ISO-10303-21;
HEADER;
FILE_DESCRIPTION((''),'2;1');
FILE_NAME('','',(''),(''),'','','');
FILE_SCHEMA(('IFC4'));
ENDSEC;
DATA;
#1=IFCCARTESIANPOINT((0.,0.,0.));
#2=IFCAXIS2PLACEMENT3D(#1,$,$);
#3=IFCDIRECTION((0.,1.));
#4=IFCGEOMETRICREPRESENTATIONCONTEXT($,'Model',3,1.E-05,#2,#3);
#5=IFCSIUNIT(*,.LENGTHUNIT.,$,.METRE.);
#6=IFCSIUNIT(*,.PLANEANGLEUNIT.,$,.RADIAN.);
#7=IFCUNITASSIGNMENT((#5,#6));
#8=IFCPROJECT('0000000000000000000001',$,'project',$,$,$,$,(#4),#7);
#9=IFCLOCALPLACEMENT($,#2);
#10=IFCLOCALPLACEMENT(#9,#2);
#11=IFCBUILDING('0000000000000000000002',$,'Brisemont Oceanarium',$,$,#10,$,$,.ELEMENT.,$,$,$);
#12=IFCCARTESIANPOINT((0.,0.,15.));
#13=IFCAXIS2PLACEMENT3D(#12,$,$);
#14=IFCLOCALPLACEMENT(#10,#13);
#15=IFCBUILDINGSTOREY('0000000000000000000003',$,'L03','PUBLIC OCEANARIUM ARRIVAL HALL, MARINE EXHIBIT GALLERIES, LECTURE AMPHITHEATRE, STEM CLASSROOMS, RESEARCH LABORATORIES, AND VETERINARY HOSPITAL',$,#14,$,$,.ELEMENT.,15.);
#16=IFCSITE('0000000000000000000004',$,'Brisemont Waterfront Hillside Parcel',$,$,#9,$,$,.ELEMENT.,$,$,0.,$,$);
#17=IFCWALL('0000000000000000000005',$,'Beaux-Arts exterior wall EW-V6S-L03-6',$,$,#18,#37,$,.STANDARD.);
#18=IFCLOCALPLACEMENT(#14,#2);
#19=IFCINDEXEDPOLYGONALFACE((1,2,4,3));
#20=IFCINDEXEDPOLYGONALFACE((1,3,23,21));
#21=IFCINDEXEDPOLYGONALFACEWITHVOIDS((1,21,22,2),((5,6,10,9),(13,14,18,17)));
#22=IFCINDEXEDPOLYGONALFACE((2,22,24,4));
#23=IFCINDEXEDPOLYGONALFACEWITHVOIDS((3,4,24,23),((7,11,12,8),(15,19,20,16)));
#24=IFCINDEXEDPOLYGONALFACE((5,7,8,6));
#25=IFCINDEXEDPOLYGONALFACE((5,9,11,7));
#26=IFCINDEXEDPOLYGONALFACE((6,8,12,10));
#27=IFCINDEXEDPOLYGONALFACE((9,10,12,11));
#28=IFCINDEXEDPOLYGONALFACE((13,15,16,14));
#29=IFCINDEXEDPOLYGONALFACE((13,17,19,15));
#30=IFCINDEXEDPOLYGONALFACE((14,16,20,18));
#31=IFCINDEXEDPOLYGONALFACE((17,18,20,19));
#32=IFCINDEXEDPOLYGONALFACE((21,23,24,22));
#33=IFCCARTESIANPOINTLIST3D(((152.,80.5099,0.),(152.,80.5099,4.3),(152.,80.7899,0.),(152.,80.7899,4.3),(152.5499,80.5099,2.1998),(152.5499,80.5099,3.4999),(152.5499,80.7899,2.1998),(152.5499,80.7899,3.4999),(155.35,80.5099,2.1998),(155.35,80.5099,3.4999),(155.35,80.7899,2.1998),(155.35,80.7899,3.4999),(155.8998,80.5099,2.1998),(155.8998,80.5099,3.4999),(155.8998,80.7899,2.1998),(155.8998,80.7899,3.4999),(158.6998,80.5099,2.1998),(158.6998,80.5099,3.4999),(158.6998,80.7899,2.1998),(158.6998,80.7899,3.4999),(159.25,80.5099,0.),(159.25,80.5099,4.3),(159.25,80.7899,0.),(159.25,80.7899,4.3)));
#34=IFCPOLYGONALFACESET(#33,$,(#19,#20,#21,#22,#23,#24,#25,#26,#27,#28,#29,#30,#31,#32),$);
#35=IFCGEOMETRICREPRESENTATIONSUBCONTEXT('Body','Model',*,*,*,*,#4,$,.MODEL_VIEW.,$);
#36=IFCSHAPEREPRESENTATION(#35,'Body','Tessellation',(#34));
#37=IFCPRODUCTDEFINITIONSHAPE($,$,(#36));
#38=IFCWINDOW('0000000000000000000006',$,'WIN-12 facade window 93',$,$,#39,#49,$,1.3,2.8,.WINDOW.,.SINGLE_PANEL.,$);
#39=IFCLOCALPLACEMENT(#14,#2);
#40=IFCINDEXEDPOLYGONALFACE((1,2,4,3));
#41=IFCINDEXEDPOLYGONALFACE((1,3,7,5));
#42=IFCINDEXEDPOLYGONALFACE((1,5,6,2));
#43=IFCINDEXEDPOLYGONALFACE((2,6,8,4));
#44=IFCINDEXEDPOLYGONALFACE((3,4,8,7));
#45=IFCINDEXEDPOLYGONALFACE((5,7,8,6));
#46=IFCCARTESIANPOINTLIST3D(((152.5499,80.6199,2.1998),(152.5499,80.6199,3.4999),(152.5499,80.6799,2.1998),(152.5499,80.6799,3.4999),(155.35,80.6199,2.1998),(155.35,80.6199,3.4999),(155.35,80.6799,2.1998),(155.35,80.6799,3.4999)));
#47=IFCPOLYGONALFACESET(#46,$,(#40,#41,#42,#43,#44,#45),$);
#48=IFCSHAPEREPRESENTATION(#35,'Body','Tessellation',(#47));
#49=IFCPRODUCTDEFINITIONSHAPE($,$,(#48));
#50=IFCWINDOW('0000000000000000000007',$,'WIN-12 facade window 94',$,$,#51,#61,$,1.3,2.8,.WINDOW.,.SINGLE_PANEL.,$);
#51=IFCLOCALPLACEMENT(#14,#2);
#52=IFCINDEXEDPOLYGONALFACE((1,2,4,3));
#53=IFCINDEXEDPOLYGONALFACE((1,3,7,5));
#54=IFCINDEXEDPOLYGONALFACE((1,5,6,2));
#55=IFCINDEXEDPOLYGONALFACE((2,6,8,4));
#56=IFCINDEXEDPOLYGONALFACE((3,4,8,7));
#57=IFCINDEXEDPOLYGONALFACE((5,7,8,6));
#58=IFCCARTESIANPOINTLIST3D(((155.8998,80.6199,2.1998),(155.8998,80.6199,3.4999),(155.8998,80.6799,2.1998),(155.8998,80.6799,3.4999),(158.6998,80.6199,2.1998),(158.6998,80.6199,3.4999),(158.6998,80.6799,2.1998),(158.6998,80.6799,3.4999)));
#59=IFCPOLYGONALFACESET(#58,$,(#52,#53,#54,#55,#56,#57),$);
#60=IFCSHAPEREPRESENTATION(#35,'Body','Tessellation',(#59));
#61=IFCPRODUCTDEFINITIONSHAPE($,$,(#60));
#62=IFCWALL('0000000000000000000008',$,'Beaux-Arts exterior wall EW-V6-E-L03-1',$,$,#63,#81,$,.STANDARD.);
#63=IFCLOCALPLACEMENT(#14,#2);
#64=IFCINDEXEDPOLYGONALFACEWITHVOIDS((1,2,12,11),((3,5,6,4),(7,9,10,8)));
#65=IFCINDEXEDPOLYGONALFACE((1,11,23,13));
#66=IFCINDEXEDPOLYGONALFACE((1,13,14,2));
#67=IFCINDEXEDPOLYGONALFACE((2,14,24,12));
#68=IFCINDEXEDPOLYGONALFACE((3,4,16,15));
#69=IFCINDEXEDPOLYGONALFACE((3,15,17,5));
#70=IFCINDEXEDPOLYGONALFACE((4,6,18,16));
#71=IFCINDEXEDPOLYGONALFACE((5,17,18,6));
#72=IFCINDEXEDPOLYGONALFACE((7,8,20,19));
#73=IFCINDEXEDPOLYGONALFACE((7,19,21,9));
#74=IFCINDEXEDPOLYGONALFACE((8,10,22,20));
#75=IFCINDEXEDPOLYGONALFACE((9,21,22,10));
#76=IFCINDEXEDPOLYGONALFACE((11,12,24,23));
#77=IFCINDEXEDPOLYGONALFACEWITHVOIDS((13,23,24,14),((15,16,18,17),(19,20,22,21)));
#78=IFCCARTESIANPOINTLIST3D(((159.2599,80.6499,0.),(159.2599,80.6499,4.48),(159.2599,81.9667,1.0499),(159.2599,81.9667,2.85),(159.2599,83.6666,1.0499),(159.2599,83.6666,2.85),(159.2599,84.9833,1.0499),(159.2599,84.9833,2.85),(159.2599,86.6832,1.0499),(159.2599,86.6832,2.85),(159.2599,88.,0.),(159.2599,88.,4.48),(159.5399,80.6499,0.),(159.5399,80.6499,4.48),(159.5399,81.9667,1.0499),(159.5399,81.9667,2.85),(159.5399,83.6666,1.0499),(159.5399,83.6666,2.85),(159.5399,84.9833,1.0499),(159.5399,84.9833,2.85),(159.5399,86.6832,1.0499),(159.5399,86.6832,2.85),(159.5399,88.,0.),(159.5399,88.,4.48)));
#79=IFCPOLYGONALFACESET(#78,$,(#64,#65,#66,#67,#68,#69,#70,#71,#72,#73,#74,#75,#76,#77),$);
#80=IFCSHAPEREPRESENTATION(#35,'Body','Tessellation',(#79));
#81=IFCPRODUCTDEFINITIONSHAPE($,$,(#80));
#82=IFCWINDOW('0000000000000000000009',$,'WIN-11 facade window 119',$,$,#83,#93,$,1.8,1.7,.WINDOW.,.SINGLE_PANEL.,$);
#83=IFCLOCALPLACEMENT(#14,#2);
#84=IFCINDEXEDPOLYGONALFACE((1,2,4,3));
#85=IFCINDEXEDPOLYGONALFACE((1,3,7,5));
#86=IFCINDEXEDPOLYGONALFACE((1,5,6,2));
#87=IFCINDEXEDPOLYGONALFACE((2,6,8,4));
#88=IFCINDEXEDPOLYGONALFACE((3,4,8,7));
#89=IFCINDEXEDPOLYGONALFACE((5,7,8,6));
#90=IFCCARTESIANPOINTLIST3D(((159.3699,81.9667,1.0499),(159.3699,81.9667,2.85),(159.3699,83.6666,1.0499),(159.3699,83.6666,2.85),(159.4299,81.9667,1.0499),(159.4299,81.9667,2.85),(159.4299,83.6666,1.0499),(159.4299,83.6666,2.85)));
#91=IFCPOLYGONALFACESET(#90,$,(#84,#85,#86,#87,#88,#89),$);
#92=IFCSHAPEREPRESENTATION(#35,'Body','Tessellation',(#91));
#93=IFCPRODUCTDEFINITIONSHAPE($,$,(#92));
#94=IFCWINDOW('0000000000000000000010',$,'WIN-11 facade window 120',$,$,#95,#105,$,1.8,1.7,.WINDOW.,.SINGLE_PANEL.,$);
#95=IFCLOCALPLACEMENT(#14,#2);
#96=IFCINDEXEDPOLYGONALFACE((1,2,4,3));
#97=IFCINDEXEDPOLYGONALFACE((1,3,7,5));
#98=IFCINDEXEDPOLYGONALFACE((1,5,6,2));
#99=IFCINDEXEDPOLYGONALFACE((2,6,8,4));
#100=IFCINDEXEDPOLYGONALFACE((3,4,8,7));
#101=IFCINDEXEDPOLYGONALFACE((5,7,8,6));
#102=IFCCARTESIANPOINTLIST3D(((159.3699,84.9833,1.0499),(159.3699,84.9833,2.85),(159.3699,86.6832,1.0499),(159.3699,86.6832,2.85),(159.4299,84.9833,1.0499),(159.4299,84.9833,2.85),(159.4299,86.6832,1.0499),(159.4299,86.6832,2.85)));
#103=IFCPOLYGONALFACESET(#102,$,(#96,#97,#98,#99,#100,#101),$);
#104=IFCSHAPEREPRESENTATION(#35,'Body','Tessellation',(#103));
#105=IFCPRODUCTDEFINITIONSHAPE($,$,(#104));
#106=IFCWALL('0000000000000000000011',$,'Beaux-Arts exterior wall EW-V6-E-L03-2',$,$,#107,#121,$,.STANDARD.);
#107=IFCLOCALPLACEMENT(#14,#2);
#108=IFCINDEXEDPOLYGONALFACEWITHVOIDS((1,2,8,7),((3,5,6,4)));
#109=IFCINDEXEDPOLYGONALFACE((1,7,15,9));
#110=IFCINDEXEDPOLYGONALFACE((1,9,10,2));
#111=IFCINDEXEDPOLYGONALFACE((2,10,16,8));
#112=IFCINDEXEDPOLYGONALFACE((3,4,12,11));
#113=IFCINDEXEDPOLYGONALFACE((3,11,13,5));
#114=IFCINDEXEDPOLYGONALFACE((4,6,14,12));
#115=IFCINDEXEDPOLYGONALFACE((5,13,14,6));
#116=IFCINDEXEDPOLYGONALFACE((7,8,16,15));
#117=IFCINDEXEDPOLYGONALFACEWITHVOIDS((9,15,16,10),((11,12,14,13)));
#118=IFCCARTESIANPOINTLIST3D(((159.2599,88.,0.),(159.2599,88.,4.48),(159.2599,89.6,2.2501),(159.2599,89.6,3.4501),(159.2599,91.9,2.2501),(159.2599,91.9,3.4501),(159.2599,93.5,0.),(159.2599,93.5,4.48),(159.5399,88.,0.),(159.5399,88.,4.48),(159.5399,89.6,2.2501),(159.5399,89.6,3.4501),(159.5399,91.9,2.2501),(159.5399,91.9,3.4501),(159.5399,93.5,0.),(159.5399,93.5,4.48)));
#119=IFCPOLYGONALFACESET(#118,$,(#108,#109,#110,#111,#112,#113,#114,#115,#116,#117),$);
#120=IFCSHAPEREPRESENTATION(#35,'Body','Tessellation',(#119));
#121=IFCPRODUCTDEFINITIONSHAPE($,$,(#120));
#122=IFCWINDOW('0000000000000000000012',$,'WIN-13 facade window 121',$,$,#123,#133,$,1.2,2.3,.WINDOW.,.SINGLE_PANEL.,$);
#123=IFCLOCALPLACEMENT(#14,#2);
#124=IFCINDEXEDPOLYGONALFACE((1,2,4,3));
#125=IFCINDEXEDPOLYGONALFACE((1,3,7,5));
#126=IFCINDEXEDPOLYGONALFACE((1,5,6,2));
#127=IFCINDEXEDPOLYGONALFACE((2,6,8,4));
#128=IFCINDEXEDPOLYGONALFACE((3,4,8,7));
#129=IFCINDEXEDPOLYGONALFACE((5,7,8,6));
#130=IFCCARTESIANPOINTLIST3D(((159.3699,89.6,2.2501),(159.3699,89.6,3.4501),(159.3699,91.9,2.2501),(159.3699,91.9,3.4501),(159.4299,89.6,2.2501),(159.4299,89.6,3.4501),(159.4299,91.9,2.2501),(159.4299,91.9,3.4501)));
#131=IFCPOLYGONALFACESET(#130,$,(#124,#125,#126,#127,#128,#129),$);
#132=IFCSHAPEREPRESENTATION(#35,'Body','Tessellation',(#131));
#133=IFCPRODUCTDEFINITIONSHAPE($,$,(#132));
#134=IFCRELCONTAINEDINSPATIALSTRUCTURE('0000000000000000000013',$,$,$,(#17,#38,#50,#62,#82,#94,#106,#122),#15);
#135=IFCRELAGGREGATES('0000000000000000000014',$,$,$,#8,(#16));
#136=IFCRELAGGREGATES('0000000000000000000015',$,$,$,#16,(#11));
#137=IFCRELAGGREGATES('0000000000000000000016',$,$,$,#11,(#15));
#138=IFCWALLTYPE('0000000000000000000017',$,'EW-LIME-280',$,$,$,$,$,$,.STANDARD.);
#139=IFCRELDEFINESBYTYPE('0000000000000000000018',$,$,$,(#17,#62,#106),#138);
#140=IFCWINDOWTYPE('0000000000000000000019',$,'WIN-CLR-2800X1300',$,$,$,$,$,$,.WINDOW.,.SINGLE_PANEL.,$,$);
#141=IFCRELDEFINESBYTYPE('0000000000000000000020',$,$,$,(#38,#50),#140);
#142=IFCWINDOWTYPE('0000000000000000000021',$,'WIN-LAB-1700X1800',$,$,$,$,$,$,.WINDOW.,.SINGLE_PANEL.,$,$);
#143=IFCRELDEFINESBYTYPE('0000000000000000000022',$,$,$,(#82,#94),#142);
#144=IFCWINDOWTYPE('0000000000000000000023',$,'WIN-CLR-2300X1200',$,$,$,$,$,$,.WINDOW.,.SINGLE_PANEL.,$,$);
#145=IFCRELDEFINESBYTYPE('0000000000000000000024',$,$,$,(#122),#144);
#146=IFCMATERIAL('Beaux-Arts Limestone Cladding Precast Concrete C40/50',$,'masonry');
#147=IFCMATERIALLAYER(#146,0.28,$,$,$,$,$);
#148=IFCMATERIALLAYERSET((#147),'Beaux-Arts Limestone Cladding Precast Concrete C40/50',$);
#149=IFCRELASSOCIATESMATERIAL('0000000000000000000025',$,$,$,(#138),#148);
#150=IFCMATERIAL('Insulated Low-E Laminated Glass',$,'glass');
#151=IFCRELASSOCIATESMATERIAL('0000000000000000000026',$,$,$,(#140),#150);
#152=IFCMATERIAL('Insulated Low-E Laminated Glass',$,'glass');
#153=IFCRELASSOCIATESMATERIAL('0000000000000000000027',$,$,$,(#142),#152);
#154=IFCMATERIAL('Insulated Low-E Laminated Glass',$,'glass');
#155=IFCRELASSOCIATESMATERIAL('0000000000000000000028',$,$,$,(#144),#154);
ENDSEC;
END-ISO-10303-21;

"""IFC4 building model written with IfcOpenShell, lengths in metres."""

from ifc_helpers import new_model, si_unit, direction, frame, frame_2d, origin, place, context, subcontext, project, spatial, rectangle, extrude, material, layer, layer_set, type_object, element, fill, save


model = new_model("IFC4")

# Units and contexts
model_context = context("Model", 3, precision=1e-05, world=origin(), true_north=direction((0.0, 1.0)))
body_context = subcontext(model_context, "Body", "Model", "MODEL_VIEW")
ifc_project = project(units=[si_unit("LENGTHUNIT", "METRE"), si_unit("PLANEANGLEUNIT", "RADIAN")], contexts=[model_context])

# Site, building, storey
site_placement = place(None, origin())
site = spatial("IfcSite", under=ifc_project, at=site_placement, Name="Brisemont Waterfront Hillside Parcel", CompositionType="ELEMENT", RefElevation=0.0)
building_placement = place(site_placement, origin())
building = spatial("IfcBuilding", under=site, at=building_placement, Name="Brisemont Oceanarium", CompositionType="ELEMENT")
storey_placement = place(building_placement, frame((0.0, 0.0, 15.0)))
storey = spatial("IfcBuildingStorey", under=building, at=storey_placement, Name="L03", Description="PUBLIC OCEANARIUM ARRIVAL HALL, MARINE EXHIBIT GALLERIES, LECTURE AMPHITHEATRE, STEM CLASSROOMS, RESEARCH LABORATORIES, AND VETERINARY HOSPITAL", CompositionType="ELEMENT", Elevation=15.0)

# Walls, openings, windows
ifc_material_1 = material(Name="Beaux-Arts Limestone Cladding Precast Concrete C40/50", Category="masonry")
ifc_layer_1 = layer(ifc_material_1, 0.28)
ifc_layer_set_1 = layer_set([ifc_layer_1], Name="Beaux-Arts Limestone Cladding Precast Concrete C40/50")
wall_type = type_object("IfcWallType", Name="EW-LIME-280", PredefinedType="STANDARD", material=ifc_layer_set_1)
wall_1_placement = place(storey_placement, frame((152.0, 80.6499, 0.0), z_axis=(0.0, 0.0, 1.0), x_axis=(1.0, 0.0, 0.0)))
wall_1 = element("IfcWall", 1, at=wall_1_placement, inside=storey, type_object=wall_type, Name="Beaux-Arts exterior wall EW-V6S-L03-6", PredefinedType="STANDARD", context=body_context, shape_type="SweptSolid", body=[
    extrude(rectangle(XDim=7.25, YDim=0.28, at=frame_2d((3.625, 0.0))), origin(), (0.0, 0.0, 1.0), 4.3),
])
opening_1_placement = place(wall_1_placement, frame((0.55, 0.0, 2.2)))
opening_1 = element("IfcOpeningElement", 2, at=opening_1_placement, cuts=wall_1, PredefinedType="OPENING", context=body_context, shape_type="SweptSolid", body=[
    extrude(rectangle(XDim=2.8, YDim=1.3, at=frame_2d((1.3999, 0.6499))), frame((0.0, 0.1499, 0.0), z_axis=(0.0, -1.0, 0.0), x_axis=(1.0, 0.0, 0.0)), (0.0, 0.0, 1.0), 0.3),
])
opening_2_placement = place(wall_1_placement, frame((3.8999, 0.0, 2.2)))
opening_2 = element("IfcOpeningElement", 3, at=opening_2_placement, cuts=wall_1, PredefinedType="OPENING", context=body_context, shape_type="SweptSolid", body=[
    extrude(rectangle(XDim=2.8, YDim=1.3, at=frame_2d((1.3999, 0.6499))), frame((0.0, 0.1499, 0.0), z_axis=(0.0, -1.0, 0.0), x_axis=(1.0, 0.0, 0.0)), (0.0, 0.0, 1.0), 0.3),
])
ifc_material_2 = material(Name="Insulated Low-E Laminated Glass", Category="glass")
window_type_1 = type_object("IfcWindowType", Name="WIN-CLR-2800X1300", PartitioningType="SINGLE_PANEL", PredefinedType="WINDOW", material=ifc_material_2)
window_1_placement = place(opening_1_placement, origin())
window_1 = element("IfcWindow", 4, at=window_1_placement, inside=storey, type_object=window_type_1, Name="WIN-12 facade window 93", OverallHeight=1.3, OverallWidth=2.8, PartitioningType="SINGLE_PANEL", PredefinedType="WINDOW", context=body_context, shape_type="SweptSolid", body=[
    extrude(rectangle(XDim=2.8, YDim=1.3, at=frame_2d((1.3999, 0.6499))), frame((0.0, 0.03, 0.0), z_axis=(0.0, -1.0, 0.0), x_axis=(1.0, 0.0, 0.0)), (0.0, 0.0, 1.0), 0.0601),
])
fill(opening_1, window_1)
window_2_placement = place(opening_2_placement, origin())
window_2 = element("IfcWindow", 5, at=window_2_placement, inside=storey, type_object=window_type_1, Name="WIN-12 facade window 94", OverallHeight=1.3, OverallWidth=2.8, PartitioningType="SINGLE_PANEL", PredefinedType="WINDOW", context=body_context, shape_type="SweptSolid", body=[
    extrude(rectangle(XDim=2.8, YDim=1.3, at=frame_2d((1.3999, 0.6499))), frame((0.0, 0.03, 0.0), z_axis=(0.0, -1.0, 0.0), x_axis=(1.0, 0.0, 0.0)), (0.0, 0.0, 1.0), 0.0601),
])
fill(opening_2, window_2)
wall_2_placement = place(storey_placement, frame((159.3999, 80.6499, 0.0), z_axis=(0.0, 0.0, 1.0), x_axis=(0.0, 1.0, 0.0)))
wall_2 = element("IfcWall", 6, at=wall_2_placement, inside=storey, type_object=wall_type, Name="Beaux-Arts exterior wall EW-V6-E-L03-1", PredefinedType="STANDARD", context=body_context, shape_type="SweptSolid", body=[
    extrude(rectangle(XDim=7.3501, YDim=0.28, at=frame_2d((3.675, 0.0))), origin(), (0.0, 0.0, 1.0), 4.48),
])
opening_3_placement = place(wall_2_placement, frame((1.3167, 0.0, 1.05)))
opening_3 = element("IfcOpeningElement", 7, at=opening_3_placement, cuts=wall_2, PredefinedType="OPENING", context=body_context, shape_type="SweptSolid", body=[
    extrude(rectangle(XDim=1.7, YDim=1.8, at=frame_2d((0.8501, 0.8999))), frame((0.0, 0.1499, 0.0), z_axis=(0.0, -1.0, 0.0), x_axis=(1.0, 0.0, 0.0)), (0.0, 0.0, 1.0), 0.3),
])
opening_4_placement = place(wall_2_placement, frame((4.3333, 0.0, 1.05)))
opening_4 = element("IfcOpeningElement", 8, at=opening_4_placement, cuts=wall_2, PredefinedType="OPENING", context=body_context, shape_type="SweptSolid", body=[
    extrude(rectangle(XDim=1.7, YDim=1.8, at=frame_2d((0.8501, 0.8999))), frame((0.0, 0.1499, 0.0), z_axis=(0.0, -1.0, 0.0), x_axis=(1.0, 0.0, 0.0)), (0.0, 0.0, 1.0), 0.3),
])
ifc_material_3 = material(Name="Insulated Low-E Laminated Glass", Category="glass")
window_type_2 = type_object("IfcWindowType", Name="WIN-LAB-1700X1800", PartitioningType="SINGLE_PANEL", PredefinedType="WINDOW", material=ifc_material_3)
window_3_placement = place(opening_3_placement, origin())
window_3 = element("IfcWindow", 9, at=window_3_placement, inside=storey, type_object=window_type_2, Name="WIN-11 facade window 119", OverallHeight=1.8, OverallWidth=1.7, PartitioningType="SINGLE_PANEL", PredefinedType="WINDOW", context=body_context, shape_type="SweptSolid", body=[
    extrude(rectangle(XDim=1.7, YDim=1.8, at=frame_2d((0.8501, 0.8999))), frame((0.0, 0.03, 0.0), z_axis=(0.0, -1.0, 0.0), x_axis=(1.0, 0.0, 0.0)), (0.0, 0.0, 1.0), 0.0601),
])
fill(opening_3, window_3)
window_4_placement = place(opening_4_placement, origin())
window_4 = element("IfcWindow", 10, at=window_4_placement, inside=storey, type_object=window_type_2, Name="WIN-11 facade window 120", OverallHeight=1.8, OverallWidth=1.7, PartitioningType="SINGLE_PANEL", PredefinedType="WINDOW", context=body_context, shape_type="SweptSolid", body=[
    extrude(rectangle(XDim=1.7, YDim=1.8, at=frame_2d((0.8501, 0.8999))), frame((0.0, 0.03, 0.0), z_axis=(0.0, -1.0, 0.0), x_axis=(1.0, 0.0, 0.0)), (0.0, 0.0, 1.0), 0.0601),
])
fill(opening_4, window_4)

# Wall, opening, window
wall_3_placement = place(storey_placement, frame((159.3999, 88.0, 0.0), z_axis=(0.0, 0.0, 1.0), x_axis=(0.0, 1.0, 0.0)))
wall_3 = element("IfcWall", 11, at=wall_3_placement, inside=storey, type_object=wall_type, Name="Beaux-Arts exterior wall EW-V6-E-L03-2", PredefinedType="STANDARD", context=body_context, shape_type="SweptSolid", body=[
    extrude(rectangle(XDim=5.5, YDim=0.28, at=frame_2d((2.75, 0.0))), origin(), (0.0, 0.0, 1.0), 4.48),
])
opening_5_placement = place(wall_3_placement, frame((1.6001, 0.0, 2.25)))
opening_5 = element("IfcOpeningElement", 12, at=opening_5_placement, cuts=wall_3, PredefinedType="OPENING", context=body_context, shape_type="SweptSolid", body=[
    extrude(rectangle(XDim=2.3, YDim=1.2, at=frame_2d((1.1499, 0.6001))), frame((0.0, 0.1499, 0.0), z_axis=(0.0, -1.0, 0.0), x_axis=(1.0, 0.0, 0.0)), (0.0, 0.0, 1.0), 0.3),
])
ifc_material_4 = material(Name="Insulated Low-E Laminated Glass", Category="glass")
window_type_3 = type_object("IfcWindowType", Name="WIN-CLR-2300X1200", PartitioningType="SINGLE_PANEL", PredefinedType="WINDOW", material=ifc_material_4)
window_5_placement = place(opening_5_placement, origin())
window_5 = element("IfcWindow", 13, at=window_5_placement, inside=storey, type_object=window_type_3, Name="WIN-13 facade window 121", OverallHeight=1.2, OverallWidth=2.3, PartitioningType="SINGLE_PANEL", PredefinedType="WINDOW", context=body_context, shape_type="SweptSolid", body=[
    extrude(rectangle(XDim=2.3, YDim=1.2, at=frame_2d((1.1499, 0.6001))), frame((0.0, 0.03, 0.0), z_axis=(0.0, -1.0, 0.0), x_axis=(1.0, 0.0, 0.0)), (0.0, 0.0, 1.0), 0.0601),
])
fill(opening_5, window_5)

save(model, "model.ifc")
